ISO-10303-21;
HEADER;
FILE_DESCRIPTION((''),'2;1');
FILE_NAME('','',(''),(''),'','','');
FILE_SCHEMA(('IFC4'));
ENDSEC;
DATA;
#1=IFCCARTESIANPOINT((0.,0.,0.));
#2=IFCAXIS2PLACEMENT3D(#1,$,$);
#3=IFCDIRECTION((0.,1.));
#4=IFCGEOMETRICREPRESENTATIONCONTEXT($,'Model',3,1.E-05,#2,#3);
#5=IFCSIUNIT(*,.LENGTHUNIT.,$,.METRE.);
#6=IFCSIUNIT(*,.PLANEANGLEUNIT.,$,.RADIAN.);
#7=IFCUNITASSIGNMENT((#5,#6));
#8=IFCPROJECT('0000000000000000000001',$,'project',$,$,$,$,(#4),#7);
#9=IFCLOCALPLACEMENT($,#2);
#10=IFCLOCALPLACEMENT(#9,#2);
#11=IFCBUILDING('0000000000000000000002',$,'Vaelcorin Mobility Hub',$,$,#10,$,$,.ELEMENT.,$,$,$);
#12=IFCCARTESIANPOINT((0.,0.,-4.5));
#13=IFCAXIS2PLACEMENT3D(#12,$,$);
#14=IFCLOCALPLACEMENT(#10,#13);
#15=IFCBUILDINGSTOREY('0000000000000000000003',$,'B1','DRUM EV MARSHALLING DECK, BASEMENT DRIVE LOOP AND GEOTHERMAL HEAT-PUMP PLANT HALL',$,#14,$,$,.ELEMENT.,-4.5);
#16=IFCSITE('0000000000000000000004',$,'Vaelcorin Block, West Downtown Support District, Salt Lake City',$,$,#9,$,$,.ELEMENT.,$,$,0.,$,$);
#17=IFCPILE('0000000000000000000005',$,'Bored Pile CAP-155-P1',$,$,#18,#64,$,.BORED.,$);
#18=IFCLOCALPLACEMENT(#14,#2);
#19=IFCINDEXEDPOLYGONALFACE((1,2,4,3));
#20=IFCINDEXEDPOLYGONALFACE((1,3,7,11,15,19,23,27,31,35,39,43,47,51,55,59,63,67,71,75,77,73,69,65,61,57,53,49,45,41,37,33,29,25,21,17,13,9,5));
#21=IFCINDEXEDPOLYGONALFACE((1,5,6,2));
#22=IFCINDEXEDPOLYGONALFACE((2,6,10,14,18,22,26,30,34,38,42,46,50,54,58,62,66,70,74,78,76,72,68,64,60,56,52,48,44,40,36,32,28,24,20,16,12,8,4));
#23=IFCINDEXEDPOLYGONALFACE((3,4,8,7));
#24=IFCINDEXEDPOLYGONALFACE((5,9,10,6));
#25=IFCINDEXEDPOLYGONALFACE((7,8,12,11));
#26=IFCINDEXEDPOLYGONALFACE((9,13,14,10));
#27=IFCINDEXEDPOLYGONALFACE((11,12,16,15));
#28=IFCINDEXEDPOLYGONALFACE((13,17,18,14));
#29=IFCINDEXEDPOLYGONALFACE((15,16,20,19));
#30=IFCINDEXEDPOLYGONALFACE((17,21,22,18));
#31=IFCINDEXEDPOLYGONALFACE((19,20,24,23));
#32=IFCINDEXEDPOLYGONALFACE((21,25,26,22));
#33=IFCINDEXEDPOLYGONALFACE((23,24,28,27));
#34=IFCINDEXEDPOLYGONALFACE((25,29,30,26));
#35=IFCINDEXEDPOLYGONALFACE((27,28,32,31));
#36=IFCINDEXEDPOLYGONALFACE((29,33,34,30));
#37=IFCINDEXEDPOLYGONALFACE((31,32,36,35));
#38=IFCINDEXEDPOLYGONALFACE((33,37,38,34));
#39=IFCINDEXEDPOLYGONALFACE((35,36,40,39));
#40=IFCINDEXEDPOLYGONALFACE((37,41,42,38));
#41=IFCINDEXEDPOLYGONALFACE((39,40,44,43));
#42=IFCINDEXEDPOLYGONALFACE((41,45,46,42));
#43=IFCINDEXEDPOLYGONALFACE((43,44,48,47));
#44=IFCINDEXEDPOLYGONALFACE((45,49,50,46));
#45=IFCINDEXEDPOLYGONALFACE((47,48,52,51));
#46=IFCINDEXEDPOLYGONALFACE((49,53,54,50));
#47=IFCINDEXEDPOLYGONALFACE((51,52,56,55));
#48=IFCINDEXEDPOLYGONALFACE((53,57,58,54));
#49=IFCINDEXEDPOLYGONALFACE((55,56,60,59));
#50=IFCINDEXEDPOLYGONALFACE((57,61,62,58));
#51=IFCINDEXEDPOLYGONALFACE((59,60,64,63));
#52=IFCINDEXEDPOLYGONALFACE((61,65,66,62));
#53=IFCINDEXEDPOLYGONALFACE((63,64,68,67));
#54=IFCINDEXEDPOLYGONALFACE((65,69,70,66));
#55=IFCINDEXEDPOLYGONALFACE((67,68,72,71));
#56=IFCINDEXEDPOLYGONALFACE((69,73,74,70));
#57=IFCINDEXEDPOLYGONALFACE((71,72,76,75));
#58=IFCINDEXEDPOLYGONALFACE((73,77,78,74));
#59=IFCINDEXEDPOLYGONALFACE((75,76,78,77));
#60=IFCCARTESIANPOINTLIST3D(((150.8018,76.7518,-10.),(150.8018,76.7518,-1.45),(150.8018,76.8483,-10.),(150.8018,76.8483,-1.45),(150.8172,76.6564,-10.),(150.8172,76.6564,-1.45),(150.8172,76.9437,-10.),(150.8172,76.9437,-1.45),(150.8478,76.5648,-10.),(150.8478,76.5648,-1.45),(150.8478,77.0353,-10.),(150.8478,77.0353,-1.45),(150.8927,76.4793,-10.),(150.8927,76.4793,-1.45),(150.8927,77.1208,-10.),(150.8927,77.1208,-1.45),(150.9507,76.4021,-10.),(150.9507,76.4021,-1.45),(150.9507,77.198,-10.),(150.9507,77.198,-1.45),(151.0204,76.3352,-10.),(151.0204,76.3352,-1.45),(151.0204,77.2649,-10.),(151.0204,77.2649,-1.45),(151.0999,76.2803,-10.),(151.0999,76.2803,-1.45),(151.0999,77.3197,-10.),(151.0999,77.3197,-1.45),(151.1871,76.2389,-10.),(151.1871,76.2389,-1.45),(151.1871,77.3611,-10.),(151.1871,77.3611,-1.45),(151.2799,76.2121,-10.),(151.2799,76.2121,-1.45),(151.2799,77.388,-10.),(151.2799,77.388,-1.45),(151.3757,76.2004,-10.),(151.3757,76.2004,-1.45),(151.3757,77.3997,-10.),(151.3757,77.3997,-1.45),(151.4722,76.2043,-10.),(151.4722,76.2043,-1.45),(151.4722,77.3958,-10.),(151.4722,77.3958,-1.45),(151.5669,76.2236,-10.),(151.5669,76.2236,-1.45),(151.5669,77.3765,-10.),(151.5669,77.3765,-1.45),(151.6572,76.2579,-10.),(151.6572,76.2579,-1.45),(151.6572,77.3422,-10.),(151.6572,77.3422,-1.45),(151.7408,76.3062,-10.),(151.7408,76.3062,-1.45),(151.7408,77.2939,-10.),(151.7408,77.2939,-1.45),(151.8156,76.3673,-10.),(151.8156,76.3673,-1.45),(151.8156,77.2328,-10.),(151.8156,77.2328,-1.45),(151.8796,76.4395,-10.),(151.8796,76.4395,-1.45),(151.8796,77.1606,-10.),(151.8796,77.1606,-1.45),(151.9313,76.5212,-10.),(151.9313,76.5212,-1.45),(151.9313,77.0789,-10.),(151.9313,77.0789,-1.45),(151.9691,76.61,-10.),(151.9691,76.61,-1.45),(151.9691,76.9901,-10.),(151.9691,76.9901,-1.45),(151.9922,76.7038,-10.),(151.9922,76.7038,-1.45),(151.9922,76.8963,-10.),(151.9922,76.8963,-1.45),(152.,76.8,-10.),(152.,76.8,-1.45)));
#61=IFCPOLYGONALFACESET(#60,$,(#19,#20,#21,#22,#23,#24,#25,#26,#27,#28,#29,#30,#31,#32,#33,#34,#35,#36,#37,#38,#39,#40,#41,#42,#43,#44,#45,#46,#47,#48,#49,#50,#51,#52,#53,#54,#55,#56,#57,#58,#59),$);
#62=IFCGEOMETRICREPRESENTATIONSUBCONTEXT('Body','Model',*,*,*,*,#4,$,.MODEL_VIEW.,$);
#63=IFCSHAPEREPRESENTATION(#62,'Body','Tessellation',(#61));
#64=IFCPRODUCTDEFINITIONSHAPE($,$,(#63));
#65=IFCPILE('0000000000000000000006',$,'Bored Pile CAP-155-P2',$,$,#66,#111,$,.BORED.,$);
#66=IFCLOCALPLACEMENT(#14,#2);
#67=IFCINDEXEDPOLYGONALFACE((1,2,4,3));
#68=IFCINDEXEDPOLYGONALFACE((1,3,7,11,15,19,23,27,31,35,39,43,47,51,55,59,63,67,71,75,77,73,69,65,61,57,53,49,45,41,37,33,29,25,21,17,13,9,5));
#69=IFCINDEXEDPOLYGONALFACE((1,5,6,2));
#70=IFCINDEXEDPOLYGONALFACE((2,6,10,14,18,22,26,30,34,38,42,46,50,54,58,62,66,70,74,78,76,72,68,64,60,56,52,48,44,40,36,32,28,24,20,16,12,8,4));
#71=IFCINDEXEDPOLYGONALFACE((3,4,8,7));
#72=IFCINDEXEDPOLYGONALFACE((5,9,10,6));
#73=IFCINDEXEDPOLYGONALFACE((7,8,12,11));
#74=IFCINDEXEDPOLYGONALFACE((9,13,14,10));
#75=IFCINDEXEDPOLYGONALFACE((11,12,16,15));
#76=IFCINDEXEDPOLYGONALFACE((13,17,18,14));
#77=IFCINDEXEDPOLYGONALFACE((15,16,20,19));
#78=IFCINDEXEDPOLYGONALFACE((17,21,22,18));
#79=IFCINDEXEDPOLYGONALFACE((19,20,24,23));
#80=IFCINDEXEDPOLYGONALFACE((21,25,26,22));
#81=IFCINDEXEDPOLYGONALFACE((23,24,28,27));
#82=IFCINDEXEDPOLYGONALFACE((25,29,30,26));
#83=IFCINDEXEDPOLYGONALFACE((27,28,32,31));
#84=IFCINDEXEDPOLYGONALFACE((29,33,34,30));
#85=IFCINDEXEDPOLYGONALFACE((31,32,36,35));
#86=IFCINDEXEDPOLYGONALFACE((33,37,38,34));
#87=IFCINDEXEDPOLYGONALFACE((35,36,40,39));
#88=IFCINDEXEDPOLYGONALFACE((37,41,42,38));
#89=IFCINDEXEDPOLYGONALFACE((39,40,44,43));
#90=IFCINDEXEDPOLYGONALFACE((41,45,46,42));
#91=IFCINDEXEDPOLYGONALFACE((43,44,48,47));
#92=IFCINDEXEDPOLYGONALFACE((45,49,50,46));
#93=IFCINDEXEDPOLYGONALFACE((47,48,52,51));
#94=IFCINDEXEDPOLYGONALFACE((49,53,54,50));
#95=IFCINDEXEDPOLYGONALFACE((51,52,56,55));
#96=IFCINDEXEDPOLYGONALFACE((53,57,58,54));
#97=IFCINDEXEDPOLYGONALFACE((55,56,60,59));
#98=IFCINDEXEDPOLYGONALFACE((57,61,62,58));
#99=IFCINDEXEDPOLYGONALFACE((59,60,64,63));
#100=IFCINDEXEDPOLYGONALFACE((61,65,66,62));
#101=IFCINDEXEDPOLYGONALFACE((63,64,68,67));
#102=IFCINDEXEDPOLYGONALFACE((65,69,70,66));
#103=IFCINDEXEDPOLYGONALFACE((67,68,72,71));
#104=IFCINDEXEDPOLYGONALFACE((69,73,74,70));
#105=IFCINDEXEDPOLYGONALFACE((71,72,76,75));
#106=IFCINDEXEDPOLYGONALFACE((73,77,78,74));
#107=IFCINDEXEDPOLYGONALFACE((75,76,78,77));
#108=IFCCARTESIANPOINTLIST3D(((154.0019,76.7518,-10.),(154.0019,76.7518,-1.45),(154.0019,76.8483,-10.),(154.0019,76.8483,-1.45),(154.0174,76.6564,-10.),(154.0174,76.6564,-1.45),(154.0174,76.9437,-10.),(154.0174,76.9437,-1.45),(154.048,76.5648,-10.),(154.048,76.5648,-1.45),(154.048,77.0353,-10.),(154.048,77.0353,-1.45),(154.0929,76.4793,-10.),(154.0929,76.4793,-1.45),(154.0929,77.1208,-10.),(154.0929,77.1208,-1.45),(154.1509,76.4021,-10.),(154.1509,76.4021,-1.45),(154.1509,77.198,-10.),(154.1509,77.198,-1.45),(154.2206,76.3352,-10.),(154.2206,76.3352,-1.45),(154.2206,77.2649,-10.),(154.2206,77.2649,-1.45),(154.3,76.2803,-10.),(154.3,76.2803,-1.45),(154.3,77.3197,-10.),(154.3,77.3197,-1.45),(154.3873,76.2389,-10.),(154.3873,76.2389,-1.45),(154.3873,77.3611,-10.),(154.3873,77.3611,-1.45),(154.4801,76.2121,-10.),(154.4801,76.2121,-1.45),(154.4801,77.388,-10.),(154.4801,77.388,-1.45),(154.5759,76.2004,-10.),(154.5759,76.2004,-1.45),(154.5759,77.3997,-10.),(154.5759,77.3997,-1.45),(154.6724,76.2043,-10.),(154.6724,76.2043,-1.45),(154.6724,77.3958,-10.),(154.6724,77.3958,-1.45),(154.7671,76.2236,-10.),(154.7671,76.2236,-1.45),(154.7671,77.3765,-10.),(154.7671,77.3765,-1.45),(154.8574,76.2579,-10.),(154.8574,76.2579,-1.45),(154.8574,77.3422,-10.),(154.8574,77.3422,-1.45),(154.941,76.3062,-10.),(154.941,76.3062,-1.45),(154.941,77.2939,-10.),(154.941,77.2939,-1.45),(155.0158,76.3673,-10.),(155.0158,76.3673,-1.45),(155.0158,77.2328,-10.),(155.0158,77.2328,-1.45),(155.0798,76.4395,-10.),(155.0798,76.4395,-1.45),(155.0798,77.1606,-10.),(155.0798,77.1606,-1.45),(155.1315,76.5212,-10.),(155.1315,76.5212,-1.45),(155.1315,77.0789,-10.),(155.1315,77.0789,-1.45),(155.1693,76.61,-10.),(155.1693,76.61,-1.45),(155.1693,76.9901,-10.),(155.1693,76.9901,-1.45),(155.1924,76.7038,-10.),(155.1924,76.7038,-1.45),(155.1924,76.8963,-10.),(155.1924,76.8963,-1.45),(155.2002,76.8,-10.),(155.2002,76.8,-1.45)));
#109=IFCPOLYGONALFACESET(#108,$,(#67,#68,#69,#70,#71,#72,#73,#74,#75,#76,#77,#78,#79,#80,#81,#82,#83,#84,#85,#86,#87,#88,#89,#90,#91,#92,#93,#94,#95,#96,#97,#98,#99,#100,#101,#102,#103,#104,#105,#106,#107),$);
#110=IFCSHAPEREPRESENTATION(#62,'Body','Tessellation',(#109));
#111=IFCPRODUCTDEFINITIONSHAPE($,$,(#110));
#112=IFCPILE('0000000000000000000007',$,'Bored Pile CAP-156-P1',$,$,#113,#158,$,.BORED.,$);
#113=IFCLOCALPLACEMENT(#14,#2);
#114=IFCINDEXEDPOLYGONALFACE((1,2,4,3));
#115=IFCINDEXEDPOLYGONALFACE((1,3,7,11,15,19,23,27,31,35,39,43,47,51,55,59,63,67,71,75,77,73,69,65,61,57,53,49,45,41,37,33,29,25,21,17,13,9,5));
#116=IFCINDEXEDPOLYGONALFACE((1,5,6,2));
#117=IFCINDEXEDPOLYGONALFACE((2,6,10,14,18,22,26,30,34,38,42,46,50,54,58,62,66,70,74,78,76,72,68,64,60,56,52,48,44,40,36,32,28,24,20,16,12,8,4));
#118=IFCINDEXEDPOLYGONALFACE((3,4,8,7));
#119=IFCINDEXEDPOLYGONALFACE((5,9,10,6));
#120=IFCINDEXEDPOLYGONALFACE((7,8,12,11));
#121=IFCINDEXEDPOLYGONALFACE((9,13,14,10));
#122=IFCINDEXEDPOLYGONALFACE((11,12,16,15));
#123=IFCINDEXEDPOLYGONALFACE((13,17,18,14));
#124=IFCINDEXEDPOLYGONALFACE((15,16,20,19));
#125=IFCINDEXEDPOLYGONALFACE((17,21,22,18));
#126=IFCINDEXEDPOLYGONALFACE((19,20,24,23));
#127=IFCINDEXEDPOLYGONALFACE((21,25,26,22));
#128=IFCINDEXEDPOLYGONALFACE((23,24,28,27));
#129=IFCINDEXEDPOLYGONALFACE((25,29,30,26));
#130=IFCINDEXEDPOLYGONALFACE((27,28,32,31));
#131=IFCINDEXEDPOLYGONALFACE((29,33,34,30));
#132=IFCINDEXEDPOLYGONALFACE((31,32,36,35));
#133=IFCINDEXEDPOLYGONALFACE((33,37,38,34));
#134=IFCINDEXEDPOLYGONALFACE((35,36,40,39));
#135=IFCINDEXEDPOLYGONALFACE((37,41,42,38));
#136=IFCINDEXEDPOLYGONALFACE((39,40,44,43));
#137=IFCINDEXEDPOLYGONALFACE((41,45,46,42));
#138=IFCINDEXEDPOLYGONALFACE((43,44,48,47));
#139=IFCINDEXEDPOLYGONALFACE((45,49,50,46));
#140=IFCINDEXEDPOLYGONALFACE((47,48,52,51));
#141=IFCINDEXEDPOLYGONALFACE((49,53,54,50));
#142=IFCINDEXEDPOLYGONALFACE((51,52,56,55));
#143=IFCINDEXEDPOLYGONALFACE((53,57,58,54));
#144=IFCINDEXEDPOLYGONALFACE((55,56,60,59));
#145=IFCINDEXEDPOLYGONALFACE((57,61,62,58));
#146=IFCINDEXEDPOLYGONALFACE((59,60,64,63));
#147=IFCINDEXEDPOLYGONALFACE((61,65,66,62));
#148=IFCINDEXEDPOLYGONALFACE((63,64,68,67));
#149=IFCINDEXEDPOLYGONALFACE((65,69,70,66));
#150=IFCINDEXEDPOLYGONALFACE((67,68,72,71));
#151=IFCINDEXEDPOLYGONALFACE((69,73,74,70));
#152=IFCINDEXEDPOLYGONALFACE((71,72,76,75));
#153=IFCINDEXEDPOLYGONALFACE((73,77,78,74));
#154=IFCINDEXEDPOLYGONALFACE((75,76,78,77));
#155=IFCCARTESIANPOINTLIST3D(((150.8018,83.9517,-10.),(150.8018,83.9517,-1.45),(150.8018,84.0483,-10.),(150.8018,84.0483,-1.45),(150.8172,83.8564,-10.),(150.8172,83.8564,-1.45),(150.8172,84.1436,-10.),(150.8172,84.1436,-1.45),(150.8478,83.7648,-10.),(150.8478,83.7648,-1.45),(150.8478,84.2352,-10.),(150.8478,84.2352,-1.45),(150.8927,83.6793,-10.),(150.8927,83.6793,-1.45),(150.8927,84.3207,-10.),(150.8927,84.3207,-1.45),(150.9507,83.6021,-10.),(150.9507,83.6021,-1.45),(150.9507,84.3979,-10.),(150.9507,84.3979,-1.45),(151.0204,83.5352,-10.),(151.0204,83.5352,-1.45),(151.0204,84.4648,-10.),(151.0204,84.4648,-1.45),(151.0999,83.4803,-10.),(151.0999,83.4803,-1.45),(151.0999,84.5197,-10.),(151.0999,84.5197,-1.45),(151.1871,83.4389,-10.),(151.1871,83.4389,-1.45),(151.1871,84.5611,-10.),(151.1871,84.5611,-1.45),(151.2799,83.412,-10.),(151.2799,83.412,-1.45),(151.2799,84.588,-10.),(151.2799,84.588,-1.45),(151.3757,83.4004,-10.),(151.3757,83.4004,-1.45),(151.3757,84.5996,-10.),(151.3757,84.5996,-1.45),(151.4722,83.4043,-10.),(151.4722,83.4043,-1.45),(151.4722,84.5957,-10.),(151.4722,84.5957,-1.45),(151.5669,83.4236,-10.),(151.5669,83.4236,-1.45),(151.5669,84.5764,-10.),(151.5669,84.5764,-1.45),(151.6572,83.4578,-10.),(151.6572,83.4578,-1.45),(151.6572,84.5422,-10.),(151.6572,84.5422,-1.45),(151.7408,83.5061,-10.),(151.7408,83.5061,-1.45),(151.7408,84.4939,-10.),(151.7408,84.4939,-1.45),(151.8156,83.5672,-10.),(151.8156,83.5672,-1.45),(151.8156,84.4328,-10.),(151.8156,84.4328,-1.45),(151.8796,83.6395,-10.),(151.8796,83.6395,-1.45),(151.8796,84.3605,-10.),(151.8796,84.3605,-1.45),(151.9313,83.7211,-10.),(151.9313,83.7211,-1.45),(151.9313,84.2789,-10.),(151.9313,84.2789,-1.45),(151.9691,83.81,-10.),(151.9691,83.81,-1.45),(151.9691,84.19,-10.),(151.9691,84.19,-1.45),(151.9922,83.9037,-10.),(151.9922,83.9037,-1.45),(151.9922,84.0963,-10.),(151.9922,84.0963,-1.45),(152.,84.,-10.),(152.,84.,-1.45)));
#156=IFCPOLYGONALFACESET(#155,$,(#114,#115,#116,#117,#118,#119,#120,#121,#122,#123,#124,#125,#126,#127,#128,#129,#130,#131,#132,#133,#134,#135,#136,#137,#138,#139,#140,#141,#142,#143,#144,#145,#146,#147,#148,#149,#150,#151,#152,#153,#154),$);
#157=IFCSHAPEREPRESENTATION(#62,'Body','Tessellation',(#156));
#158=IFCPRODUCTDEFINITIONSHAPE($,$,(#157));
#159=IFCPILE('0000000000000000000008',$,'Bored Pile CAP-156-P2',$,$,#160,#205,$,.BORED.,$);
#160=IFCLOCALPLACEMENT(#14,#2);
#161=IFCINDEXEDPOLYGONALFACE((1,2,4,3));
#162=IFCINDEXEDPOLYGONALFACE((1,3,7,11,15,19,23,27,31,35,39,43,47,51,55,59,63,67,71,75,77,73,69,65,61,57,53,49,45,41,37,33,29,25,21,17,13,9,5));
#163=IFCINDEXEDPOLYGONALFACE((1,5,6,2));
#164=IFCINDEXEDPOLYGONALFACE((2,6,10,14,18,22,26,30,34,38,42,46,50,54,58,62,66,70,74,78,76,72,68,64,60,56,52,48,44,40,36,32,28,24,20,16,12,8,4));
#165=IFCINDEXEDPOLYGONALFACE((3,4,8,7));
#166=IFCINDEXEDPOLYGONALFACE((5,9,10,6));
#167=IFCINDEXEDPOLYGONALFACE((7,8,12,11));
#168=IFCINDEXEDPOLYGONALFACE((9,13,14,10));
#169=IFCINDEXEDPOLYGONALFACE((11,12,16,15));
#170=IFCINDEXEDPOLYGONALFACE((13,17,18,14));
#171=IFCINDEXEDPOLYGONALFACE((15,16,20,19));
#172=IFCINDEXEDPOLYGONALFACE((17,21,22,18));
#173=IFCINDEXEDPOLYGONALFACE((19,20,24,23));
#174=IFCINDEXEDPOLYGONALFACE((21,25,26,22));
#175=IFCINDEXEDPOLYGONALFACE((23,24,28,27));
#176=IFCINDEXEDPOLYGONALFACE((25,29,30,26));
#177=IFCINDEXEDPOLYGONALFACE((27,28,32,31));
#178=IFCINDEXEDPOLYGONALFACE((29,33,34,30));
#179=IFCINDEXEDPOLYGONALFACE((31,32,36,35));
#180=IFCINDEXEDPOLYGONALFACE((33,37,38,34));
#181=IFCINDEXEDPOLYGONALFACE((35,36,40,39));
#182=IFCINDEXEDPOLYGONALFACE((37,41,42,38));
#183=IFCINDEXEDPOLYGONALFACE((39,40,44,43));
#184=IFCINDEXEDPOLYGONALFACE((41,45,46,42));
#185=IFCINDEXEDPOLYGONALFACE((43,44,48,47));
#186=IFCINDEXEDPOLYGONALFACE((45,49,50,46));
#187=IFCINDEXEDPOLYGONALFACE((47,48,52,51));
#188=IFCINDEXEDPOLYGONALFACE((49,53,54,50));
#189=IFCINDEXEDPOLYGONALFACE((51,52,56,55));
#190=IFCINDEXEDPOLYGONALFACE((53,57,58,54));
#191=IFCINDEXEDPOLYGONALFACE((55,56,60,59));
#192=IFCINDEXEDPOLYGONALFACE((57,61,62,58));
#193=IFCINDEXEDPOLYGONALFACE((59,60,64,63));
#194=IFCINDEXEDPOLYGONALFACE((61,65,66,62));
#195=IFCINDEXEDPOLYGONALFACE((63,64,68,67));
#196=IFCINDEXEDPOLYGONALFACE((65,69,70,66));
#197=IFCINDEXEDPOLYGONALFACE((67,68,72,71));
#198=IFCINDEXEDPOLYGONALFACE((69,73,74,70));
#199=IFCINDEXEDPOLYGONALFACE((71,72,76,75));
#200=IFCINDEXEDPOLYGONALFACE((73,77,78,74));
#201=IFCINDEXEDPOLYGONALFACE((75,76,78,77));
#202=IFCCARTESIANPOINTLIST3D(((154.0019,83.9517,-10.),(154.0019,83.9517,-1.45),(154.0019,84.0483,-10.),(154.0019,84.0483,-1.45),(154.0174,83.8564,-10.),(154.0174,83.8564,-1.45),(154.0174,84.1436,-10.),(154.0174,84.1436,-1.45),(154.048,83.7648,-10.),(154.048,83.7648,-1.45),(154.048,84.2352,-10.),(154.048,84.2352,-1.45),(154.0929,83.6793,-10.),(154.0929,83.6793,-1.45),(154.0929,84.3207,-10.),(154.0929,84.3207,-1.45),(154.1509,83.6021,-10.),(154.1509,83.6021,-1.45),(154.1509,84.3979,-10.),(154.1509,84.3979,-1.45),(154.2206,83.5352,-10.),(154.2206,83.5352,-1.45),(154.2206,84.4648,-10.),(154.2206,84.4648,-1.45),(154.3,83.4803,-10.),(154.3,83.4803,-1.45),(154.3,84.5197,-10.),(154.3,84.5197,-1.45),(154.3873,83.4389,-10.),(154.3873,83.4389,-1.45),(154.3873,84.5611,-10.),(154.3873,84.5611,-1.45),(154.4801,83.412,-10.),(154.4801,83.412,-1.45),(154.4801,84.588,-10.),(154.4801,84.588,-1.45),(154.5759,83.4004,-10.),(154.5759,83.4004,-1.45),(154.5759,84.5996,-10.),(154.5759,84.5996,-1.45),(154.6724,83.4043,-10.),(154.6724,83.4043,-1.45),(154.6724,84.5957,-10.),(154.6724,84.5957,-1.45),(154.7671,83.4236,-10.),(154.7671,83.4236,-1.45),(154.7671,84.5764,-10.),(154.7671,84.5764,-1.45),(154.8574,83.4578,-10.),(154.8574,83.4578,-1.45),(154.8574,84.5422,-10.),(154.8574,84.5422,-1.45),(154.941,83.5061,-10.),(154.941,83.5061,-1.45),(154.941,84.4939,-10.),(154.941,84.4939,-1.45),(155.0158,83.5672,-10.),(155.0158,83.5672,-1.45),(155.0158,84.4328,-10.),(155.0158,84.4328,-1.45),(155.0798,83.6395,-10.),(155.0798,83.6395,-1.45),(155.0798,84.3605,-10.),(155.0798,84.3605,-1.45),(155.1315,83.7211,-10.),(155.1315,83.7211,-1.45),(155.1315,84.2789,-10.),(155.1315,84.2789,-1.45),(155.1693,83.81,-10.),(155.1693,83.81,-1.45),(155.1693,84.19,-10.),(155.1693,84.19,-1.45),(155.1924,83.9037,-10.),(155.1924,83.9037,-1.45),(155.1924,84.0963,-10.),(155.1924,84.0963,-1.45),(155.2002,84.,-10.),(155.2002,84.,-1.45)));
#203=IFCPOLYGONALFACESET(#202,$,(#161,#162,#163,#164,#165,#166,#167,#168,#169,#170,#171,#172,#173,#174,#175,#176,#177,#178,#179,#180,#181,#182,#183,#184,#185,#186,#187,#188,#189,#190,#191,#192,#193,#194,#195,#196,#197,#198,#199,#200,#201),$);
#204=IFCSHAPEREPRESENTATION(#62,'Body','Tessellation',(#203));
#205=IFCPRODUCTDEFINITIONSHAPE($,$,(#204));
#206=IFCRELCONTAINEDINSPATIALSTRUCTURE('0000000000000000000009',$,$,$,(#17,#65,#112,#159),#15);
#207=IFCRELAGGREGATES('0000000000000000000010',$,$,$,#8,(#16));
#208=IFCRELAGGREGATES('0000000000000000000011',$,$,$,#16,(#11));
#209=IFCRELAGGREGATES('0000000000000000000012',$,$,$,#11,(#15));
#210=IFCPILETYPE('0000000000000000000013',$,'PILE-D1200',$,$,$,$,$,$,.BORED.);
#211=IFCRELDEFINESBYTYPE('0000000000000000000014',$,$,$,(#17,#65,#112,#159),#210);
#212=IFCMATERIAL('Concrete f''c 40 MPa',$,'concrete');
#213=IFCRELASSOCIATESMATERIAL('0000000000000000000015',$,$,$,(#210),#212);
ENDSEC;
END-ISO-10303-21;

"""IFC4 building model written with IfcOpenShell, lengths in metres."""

from ifc_helpers import new_model, si_unit, direction, frame, origin, origin_2d, place, context, subcontext, project, spatial, circle, extrude, material, material_profile, profile_set, type_object, element, save


model = new_model("IFC4")

# Units and contexts
model_context = context("Model", 3, precision=1e-05, world=origin(), true_north=direction((0.0, 1.0)))
body_context = subcontext(model_context, "Body", "Model", "MODEL_VIEW")
ifc_project = project(units=[si_unit("LENGTHUNIT", "METRE"), si_unit("PLANEANGLEUNIT", "RADIAN")], contexts=[model_context])

# Site, building, storey
site_placement = place(None, origin())
site = spatial("IfcSite", under=ifc_project, at=site_placement, Name="Vaelcorin Block, West Downtown Support District, Salt Lake City", CompositionType="ELEMENT", RefElevation=0.0)
building_placement = place(site_placement, origin())
building = spatial("IfcBuilding", under=site, at=building_placement, Name="Vaelcorin Mobility Hub", CompositionType="ELEMENT")
storey_placement = place(building_placement, frame((0.0, 0.0, -4.5)))
storey = spatial("IfcBuildingStorey", under=building, at=storey_placement, Name="B1", Description="DRUM EV MARSHALLING DECK, BASEMENT DRIVE LOOP AND GEOTHERMAL HEAT-PUMP PLANT HALL", CompositionType="ELEMENT", Elevation=-4.5)

# Shared definitions
ifc_material_1 = material(Name="Concrete f'c 40 MPa", Category="concrete")

# Piles
ifc_material_profile_1 = material_profile(ifc_material_1, circle(Radius=0.6001, at=origin_2d()), Name="BP-D1200")
ifc_profile_set_1 = profile_set([ifc_material_profile_1], Name="Concrete f'c 40 MPa")
pile_type_1 = type_object("IfcPileType", Name="PILE-D1200", PredefinedType="BORED", material=ifc_profile_set_1)
for number, where, z_axis, x_axis, name in (
    (1, (151.3999, 76.8, -1.45), (0.0, 0.0, -1.0), (1.0, 0.0, 0.0), "Bored Pile CAP-155-P1"),
    (2, (154.6001, 76.8, -1.45), (0.0, 0.0, -1.0), (1.0, 0.0, 0.0), "Bored Pile CAP-155-P2"),
    (3, (151.3999, 84.0, -1.45), (0.0, 0.0, -1.0), (1.0, 0.0, 0.0), "Bored Pile CAP-156-P1"),
    (4, (154.6001, 84.0, -1.45), (0.0, 0.0, -1.0), (1.0, 0.0, 0.0), "Bored Pile CAP-156-P2"),
):
    element("IfcPile", number, at=place(storey_placement, frame(where, z_axis=z_axis, x_axis=x_axis)), inside=storey, type_object=pile_type_1, Name=name, PredefinedType="BORED", context=body_context, shape_type="SweptSolid", body=[
        extrude(circle(Radius=0.6001, at=origin_2d()), origin(), (0.0, 0.0, 1.0), 8.55),
    ])

save(model, "model.ifc")
